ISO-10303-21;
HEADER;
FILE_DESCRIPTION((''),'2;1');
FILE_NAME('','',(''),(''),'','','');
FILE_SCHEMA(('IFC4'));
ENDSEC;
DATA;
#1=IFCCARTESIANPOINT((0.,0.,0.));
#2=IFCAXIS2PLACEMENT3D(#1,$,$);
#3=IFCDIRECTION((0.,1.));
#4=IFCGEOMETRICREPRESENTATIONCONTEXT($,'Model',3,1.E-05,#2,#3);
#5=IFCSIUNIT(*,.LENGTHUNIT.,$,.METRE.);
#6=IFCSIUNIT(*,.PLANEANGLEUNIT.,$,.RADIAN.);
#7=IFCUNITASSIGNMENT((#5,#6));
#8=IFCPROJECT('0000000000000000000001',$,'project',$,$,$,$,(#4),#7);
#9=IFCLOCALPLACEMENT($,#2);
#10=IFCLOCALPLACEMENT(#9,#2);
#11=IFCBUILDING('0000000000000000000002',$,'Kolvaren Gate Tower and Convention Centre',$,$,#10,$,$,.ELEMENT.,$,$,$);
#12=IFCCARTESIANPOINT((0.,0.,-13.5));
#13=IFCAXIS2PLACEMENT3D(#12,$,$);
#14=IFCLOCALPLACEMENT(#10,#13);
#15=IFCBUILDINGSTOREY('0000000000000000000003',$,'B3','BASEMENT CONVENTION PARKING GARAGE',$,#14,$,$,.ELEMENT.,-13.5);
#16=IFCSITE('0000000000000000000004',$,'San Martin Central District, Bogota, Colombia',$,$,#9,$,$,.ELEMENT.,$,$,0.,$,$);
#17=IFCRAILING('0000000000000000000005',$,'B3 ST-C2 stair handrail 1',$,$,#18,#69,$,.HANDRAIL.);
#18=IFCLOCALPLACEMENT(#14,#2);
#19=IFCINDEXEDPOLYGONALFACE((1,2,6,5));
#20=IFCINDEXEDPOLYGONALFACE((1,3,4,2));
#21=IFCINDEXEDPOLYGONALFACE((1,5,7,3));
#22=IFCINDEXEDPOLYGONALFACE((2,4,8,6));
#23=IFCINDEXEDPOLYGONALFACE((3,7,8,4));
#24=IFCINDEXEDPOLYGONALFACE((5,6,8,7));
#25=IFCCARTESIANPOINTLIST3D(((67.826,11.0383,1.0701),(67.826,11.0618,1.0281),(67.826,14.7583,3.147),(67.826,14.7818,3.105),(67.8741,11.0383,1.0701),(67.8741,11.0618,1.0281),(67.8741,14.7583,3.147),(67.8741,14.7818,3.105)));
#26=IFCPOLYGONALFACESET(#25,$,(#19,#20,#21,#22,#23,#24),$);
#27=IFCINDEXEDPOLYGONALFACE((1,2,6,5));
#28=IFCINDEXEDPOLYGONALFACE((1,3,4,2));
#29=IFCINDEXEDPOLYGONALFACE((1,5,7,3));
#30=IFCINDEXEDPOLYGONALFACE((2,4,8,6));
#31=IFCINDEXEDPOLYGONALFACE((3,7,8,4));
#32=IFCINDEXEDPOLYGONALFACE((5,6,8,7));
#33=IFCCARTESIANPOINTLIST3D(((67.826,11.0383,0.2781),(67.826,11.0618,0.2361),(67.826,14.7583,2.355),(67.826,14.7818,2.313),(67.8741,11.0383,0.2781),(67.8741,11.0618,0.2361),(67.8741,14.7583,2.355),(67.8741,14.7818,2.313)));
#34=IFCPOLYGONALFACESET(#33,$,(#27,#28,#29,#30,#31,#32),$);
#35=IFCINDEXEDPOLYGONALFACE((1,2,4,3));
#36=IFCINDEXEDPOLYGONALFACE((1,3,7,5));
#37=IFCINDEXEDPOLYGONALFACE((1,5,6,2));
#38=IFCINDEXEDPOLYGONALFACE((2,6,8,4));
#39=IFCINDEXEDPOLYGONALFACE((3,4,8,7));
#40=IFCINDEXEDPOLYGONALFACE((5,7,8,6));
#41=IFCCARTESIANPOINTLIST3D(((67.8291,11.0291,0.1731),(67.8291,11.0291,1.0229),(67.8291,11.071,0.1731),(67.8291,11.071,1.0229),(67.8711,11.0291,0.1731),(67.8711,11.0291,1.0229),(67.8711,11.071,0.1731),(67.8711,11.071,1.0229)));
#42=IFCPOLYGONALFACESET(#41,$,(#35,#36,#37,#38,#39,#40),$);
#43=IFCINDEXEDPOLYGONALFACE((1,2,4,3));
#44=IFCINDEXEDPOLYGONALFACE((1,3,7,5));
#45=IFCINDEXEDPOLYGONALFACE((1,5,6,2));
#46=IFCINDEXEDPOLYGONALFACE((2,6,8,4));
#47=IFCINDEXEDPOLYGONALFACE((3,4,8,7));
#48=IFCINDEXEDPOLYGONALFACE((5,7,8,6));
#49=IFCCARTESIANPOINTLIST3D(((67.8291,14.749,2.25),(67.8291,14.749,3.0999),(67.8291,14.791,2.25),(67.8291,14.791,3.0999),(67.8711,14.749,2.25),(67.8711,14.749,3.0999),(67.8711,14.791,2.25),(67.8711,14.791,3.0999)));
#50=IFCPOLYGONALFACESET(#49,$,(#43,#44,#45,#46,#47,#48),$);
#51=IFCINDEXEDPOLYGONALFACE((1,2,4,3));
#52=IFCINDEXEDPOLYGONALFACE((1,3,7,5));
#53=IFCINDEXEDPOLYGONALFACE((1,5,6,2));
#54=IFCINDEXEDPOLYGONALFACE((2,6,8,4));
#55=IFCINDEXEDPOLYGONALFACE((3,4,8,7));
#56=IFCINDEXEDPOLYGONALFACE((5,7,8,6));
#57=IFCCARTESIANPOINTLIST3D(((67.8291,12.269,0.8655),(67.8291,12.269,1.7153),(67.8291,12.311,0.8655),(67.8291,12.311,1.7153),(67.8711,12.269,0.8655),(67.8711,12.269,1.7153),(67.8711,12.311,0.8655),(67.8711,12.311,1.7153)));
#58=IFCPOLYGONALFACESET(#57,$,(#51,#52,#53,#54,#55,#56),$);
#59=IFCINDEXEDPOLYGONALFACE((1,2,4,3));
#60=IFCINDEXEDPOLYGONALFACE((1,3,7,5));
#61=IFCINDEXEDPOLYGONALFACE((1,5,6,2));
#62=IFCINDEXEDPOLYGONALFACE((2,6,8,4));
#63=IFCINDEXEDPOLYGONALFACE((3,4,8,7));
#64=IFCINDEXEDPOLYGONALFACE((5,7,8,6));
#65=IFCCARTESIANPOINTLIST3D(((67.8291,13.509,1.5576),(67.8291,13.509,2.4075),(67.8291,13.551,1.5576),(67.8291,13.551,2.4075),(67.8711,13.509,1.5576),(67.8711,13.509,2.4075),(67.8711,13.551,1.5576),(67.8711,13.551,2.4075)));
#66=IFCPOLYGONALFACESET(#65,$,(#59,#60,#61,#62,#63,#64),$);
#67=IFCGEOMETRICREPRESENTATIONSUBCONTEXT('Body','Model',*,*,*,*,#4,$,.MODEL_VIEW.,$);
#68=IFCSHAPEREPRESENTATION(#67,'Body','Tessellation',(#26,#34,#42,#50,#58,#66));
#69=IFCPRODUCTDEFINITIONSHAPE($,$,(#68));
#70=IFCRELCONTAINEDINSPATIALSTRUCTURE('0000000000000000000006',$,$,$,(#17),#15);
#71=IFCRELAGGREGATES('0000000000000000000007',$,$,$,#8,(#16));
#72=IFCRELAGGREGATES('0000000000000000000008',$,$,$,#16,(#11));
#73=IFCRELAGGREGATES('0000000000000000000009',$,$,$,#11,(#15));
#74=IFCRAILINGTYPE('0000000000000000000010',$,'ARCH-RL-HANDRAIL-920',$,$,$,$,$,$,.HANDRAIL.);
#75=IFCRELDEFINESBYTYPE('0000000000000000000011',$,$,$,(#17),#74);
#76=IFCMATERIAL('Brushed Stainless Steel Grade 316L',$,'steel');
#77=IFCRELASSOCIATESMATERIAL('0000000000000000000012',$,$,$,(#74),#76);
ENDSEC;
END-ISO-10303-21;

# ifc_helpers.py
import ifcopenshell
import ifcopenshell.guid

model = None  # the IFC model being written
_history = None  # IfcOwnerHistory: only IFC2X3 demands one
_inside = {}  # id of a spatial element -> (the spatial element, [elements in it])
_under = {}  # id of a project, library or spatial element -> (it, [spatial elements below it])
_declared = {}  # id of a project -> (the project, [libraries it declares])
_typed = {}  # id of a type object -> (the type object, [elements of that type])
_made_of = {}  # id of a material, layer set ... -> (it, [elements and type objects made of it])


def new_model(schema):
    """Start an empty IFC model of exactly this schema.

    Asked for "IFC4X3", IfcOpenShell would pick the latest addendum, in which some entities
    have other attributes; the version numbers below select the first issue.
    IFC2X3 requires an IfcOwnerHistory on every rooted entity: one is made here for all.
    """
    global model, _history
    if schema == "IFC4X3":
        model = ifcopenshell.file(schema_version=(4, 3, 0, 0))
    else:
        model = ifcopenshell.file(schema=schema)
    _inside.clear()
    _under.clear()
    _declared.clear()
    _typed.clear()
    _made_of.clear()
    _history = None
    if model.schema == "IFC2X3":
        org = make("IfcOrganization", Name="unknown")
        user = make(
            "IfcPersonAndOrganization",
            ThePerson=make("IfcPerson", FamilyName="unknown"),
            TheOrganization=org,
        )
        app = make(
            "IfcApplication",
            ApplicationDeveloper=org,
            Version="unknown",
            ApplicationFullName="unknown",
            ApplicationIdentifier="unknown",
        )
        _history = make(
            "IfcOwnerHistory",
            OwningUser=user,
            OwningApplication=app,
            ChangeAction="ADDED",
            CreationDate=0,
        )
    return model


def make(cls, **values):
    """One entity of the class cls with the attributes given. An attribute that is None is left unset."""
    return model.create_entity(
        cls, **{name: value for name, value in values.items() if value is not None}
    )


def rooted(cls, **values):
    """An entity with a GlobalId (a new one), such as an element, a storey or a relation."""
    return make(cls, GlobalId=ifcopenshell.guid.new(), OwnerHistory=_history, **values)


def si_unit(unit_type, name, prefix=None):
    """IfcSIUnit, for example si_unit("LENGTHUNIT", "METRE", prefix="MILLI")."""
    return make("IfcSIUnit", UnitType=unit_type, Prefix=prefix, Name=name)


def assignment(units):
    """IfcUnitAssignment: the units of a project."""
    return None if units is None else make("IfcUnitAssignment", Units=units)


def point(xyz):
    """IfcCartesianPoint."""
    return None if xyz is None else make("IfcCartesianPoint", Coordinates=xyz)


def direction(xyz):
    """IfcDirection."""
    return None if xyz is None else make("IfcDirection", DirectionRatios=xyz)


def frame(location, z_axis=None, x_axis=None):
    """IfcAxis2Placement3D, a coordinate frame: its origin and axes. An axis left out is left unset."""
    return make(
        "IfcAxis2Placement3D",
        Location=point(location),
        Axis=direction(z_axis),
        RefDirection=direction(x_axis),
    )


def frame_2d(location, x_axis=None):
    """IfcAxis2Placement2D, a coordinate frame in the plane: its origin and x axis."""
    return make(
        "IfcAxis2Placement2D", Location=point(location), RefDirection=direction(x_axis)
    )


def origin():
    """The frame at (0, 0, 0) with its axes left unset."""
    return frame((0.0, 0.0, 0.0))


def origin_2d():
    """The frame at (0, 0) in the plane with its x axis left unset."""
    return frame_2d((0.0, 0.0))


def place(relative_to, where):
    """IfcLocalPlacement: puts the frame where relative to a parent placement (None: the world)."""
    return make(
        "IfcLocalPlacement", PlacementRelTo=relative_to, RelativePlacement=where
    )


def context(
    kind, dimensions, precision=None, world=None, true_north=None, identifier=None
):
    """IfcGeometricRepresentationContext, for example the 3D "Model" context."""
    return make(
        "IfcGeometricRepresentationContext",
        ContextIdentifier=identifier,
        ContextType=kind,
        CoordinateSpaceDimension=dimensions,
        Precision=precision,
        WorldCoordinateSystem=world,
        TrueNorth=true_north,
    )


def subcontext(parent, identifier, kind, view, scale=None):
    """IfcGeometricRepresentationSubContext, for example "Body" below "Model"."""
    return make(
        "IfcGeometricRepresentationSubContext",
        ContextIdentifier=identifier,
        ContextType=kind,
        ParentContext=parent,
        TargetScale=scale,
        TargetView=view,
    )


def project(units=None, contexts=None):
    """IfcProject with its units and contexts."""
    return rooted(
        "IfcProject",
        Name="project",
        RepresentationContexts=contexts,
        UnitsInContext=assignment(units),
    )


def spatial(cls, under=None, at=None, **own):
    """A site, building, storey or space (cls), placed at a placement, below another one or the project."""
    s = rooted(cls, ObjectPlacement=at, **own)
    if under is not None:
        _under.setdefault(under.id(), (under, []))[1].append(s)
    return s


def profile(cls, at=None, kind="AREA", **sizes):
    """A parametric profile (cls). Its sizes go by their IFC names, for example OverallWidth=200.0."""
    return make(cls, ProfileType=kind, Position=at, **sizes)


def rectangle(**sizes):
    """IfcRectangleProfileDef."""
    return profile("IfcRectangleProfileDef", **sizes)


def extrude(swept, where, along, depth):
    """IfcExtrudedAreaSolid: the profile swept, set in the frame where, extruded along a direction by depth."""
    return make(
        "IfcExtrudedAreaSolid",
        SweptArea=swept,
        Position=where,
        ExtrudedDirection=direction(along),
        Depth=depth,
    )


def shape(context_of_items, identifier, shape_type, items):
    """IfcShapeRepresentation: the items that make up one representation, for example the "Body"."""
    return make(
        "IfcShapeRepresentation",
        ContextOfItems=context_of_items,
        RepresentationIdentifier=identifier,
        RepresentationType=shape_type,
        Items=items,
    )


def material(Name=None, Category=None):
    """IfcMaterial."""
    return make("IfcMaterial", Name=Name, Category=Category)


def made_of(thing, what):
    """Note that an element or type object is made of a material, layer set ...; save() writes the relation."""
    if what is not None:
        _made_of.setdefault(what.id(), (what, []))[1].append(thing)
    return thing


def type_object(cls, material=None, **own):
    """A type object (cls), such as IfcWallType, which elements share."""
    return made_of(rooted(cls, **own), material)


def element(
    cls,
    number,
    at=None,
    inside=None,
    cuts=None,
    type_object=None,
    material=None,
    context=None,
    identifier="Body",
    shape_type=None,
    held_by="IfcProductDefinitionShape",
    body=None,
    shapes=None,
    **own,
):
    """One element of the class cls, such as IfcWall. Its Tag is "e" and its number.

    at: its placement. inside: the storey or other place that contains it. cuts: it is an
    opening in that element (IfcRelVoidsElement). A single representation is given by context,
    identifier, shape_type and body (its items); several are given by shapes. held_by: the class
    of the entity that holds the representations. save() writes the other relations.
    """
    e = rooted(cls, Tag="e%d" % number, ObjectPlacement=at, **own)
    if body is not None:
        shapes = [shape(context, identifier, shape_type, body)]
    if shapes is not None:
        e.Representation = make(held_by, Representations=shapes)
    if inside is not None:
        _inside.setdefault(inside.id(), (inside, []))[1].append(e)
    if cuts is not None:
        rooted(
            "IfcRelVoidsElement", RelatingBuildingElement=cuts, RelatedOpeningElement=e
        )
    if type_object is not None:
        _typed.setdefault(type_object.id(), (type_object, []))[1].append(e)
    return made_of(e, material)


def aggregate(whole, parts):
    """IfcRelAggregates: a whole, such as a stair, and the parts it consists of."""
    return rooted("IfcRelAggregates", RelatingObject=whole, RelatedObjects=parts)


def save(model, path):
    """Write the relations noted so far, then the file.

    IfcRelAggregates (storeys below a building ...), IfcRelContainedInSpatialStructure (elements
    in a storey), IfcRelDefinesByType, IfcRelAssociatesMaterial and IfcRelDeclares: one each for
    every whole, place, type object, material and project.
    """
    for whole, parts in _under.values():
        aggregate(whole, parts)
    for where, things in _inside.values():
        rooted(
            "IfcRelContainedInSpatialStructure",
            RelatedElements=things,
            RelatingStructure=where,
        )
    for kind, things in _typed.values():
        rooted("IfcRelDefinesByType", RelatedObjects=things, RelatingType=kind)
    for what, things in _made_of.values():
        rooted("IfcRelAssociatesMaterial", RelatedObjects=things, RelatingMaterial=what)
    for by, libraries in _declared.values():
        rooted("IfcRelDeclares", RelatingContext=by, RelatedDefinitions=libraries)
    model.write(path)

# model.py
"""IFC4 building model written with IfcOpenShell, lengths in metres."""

from ifc_helpers import new_model, si_unit, direction, frame, origin, origin_2d, place, context, subcontext, project, spatial, rectangle, extrude, material, type_object, element, save


model = new_model("IFC4")

# Units and contexts
model_context = context("Model", 3, precision=1e-05, world=origin(), true_north=direction((0.0, 1.0)))
body_context = subcontext(model_context, "Body", "Model", "MODEL_VIEW")
ifc_project = project(units=[si_unit("LENGTHUNIT", "METRE"), si_unit("PLANEANGLEUNIT", "RADIAN")], contexts=[model_context])

# Site, building, storey
site_placement = place(None, origin())
site = spatial("IfcSite", under=ifc_project, at=site_placement, Name="San Martin Central District, Bogota, Colombia", CompositionType="ELEMENT", RefElevation=0.0)
building_placement = place(site_placement, origin())
building = spatial("IfcBuilding", under=site, at=building_placement, Name="Kolvaren Gate Tower and Convention Centre", CompositionType="ELEMENT")
storey_placement = place(building_placement, frame((0.0, 0.0, -13.5)))
storey = spatial("IfcBuildingStorey", under=building, at=storey_placement, Name="B3", Description="BASEMENT CONVENTION PARKING GARAGE", CompositionType="ELEMENT", Elevation=-13.5)

# Railing
ifc_material_1 = material(Name="Brushed Stainless Steel Grade 316L", Category="steel")
railing_type = type_object("IfcRailingType", Name="ARCH-RL-HANDRAIL-920", PredefinedType="HANDRAIL", material=ifc_material_1)
railing_placement = place(storey_placement, frame((67.8501, 11.05, 0.1731)))
element("IfcRailing", 1, at=railing_placement, inside=storey, type_object=railing_type, Name="B3 ST-C2 stair handrail 1", PredefinedType="HANDRAIL", context=body_context, shape_type="SweptSolid", body=[
    extrude(rectangle(XDim=0.0481, YDim=0.0481, at=origin_2d()), frame((0.0, 0.0, 0.876), z_axis=(0.0, 0.873134, 0.487481), x_axis=(-1.0, 0.0, 0.0)), (0.0, 0.0, 1.0), 4.2605),
    extrude(rectangle(XDim=0.0481, YDim=0.0481, at=origin_2d()), frame((0.0, 0.0, 0.084), z_axis=(0.0, 0.873134, 0.487481), x_axis=(-1.0, 0.0, 0.0)), (0.0, 0.0, 1.0), 4.2605),
    extrude(rectangle(XDim=0.042, YDim=0.042, at=origin_2d()), origin(), (0.0, 0.0, 1.0), 0.8499),
    extrude(rectangle(XDim=0.042, YDim=0.042, at=origin_2d()), frame((0.0, 3.72, 2.0769)), (0.0, 0.0, 1.0), 0.8499),
    extrude(rectangle(XDim=0.042, YDim=0.042, at=origin_2d()), frame((0.0, 1.24, 0.6924)), (0.0, 0.0, 1.0), 0.8499),
    extrude(rectangle(XDim=0.042, YDim=0.042, at=origin_2d()), frame((0.0, 2.48, 1.3845)), (0.0, 0.0, 1.0), 0.8499),
])

save(model, "model.ifc")
